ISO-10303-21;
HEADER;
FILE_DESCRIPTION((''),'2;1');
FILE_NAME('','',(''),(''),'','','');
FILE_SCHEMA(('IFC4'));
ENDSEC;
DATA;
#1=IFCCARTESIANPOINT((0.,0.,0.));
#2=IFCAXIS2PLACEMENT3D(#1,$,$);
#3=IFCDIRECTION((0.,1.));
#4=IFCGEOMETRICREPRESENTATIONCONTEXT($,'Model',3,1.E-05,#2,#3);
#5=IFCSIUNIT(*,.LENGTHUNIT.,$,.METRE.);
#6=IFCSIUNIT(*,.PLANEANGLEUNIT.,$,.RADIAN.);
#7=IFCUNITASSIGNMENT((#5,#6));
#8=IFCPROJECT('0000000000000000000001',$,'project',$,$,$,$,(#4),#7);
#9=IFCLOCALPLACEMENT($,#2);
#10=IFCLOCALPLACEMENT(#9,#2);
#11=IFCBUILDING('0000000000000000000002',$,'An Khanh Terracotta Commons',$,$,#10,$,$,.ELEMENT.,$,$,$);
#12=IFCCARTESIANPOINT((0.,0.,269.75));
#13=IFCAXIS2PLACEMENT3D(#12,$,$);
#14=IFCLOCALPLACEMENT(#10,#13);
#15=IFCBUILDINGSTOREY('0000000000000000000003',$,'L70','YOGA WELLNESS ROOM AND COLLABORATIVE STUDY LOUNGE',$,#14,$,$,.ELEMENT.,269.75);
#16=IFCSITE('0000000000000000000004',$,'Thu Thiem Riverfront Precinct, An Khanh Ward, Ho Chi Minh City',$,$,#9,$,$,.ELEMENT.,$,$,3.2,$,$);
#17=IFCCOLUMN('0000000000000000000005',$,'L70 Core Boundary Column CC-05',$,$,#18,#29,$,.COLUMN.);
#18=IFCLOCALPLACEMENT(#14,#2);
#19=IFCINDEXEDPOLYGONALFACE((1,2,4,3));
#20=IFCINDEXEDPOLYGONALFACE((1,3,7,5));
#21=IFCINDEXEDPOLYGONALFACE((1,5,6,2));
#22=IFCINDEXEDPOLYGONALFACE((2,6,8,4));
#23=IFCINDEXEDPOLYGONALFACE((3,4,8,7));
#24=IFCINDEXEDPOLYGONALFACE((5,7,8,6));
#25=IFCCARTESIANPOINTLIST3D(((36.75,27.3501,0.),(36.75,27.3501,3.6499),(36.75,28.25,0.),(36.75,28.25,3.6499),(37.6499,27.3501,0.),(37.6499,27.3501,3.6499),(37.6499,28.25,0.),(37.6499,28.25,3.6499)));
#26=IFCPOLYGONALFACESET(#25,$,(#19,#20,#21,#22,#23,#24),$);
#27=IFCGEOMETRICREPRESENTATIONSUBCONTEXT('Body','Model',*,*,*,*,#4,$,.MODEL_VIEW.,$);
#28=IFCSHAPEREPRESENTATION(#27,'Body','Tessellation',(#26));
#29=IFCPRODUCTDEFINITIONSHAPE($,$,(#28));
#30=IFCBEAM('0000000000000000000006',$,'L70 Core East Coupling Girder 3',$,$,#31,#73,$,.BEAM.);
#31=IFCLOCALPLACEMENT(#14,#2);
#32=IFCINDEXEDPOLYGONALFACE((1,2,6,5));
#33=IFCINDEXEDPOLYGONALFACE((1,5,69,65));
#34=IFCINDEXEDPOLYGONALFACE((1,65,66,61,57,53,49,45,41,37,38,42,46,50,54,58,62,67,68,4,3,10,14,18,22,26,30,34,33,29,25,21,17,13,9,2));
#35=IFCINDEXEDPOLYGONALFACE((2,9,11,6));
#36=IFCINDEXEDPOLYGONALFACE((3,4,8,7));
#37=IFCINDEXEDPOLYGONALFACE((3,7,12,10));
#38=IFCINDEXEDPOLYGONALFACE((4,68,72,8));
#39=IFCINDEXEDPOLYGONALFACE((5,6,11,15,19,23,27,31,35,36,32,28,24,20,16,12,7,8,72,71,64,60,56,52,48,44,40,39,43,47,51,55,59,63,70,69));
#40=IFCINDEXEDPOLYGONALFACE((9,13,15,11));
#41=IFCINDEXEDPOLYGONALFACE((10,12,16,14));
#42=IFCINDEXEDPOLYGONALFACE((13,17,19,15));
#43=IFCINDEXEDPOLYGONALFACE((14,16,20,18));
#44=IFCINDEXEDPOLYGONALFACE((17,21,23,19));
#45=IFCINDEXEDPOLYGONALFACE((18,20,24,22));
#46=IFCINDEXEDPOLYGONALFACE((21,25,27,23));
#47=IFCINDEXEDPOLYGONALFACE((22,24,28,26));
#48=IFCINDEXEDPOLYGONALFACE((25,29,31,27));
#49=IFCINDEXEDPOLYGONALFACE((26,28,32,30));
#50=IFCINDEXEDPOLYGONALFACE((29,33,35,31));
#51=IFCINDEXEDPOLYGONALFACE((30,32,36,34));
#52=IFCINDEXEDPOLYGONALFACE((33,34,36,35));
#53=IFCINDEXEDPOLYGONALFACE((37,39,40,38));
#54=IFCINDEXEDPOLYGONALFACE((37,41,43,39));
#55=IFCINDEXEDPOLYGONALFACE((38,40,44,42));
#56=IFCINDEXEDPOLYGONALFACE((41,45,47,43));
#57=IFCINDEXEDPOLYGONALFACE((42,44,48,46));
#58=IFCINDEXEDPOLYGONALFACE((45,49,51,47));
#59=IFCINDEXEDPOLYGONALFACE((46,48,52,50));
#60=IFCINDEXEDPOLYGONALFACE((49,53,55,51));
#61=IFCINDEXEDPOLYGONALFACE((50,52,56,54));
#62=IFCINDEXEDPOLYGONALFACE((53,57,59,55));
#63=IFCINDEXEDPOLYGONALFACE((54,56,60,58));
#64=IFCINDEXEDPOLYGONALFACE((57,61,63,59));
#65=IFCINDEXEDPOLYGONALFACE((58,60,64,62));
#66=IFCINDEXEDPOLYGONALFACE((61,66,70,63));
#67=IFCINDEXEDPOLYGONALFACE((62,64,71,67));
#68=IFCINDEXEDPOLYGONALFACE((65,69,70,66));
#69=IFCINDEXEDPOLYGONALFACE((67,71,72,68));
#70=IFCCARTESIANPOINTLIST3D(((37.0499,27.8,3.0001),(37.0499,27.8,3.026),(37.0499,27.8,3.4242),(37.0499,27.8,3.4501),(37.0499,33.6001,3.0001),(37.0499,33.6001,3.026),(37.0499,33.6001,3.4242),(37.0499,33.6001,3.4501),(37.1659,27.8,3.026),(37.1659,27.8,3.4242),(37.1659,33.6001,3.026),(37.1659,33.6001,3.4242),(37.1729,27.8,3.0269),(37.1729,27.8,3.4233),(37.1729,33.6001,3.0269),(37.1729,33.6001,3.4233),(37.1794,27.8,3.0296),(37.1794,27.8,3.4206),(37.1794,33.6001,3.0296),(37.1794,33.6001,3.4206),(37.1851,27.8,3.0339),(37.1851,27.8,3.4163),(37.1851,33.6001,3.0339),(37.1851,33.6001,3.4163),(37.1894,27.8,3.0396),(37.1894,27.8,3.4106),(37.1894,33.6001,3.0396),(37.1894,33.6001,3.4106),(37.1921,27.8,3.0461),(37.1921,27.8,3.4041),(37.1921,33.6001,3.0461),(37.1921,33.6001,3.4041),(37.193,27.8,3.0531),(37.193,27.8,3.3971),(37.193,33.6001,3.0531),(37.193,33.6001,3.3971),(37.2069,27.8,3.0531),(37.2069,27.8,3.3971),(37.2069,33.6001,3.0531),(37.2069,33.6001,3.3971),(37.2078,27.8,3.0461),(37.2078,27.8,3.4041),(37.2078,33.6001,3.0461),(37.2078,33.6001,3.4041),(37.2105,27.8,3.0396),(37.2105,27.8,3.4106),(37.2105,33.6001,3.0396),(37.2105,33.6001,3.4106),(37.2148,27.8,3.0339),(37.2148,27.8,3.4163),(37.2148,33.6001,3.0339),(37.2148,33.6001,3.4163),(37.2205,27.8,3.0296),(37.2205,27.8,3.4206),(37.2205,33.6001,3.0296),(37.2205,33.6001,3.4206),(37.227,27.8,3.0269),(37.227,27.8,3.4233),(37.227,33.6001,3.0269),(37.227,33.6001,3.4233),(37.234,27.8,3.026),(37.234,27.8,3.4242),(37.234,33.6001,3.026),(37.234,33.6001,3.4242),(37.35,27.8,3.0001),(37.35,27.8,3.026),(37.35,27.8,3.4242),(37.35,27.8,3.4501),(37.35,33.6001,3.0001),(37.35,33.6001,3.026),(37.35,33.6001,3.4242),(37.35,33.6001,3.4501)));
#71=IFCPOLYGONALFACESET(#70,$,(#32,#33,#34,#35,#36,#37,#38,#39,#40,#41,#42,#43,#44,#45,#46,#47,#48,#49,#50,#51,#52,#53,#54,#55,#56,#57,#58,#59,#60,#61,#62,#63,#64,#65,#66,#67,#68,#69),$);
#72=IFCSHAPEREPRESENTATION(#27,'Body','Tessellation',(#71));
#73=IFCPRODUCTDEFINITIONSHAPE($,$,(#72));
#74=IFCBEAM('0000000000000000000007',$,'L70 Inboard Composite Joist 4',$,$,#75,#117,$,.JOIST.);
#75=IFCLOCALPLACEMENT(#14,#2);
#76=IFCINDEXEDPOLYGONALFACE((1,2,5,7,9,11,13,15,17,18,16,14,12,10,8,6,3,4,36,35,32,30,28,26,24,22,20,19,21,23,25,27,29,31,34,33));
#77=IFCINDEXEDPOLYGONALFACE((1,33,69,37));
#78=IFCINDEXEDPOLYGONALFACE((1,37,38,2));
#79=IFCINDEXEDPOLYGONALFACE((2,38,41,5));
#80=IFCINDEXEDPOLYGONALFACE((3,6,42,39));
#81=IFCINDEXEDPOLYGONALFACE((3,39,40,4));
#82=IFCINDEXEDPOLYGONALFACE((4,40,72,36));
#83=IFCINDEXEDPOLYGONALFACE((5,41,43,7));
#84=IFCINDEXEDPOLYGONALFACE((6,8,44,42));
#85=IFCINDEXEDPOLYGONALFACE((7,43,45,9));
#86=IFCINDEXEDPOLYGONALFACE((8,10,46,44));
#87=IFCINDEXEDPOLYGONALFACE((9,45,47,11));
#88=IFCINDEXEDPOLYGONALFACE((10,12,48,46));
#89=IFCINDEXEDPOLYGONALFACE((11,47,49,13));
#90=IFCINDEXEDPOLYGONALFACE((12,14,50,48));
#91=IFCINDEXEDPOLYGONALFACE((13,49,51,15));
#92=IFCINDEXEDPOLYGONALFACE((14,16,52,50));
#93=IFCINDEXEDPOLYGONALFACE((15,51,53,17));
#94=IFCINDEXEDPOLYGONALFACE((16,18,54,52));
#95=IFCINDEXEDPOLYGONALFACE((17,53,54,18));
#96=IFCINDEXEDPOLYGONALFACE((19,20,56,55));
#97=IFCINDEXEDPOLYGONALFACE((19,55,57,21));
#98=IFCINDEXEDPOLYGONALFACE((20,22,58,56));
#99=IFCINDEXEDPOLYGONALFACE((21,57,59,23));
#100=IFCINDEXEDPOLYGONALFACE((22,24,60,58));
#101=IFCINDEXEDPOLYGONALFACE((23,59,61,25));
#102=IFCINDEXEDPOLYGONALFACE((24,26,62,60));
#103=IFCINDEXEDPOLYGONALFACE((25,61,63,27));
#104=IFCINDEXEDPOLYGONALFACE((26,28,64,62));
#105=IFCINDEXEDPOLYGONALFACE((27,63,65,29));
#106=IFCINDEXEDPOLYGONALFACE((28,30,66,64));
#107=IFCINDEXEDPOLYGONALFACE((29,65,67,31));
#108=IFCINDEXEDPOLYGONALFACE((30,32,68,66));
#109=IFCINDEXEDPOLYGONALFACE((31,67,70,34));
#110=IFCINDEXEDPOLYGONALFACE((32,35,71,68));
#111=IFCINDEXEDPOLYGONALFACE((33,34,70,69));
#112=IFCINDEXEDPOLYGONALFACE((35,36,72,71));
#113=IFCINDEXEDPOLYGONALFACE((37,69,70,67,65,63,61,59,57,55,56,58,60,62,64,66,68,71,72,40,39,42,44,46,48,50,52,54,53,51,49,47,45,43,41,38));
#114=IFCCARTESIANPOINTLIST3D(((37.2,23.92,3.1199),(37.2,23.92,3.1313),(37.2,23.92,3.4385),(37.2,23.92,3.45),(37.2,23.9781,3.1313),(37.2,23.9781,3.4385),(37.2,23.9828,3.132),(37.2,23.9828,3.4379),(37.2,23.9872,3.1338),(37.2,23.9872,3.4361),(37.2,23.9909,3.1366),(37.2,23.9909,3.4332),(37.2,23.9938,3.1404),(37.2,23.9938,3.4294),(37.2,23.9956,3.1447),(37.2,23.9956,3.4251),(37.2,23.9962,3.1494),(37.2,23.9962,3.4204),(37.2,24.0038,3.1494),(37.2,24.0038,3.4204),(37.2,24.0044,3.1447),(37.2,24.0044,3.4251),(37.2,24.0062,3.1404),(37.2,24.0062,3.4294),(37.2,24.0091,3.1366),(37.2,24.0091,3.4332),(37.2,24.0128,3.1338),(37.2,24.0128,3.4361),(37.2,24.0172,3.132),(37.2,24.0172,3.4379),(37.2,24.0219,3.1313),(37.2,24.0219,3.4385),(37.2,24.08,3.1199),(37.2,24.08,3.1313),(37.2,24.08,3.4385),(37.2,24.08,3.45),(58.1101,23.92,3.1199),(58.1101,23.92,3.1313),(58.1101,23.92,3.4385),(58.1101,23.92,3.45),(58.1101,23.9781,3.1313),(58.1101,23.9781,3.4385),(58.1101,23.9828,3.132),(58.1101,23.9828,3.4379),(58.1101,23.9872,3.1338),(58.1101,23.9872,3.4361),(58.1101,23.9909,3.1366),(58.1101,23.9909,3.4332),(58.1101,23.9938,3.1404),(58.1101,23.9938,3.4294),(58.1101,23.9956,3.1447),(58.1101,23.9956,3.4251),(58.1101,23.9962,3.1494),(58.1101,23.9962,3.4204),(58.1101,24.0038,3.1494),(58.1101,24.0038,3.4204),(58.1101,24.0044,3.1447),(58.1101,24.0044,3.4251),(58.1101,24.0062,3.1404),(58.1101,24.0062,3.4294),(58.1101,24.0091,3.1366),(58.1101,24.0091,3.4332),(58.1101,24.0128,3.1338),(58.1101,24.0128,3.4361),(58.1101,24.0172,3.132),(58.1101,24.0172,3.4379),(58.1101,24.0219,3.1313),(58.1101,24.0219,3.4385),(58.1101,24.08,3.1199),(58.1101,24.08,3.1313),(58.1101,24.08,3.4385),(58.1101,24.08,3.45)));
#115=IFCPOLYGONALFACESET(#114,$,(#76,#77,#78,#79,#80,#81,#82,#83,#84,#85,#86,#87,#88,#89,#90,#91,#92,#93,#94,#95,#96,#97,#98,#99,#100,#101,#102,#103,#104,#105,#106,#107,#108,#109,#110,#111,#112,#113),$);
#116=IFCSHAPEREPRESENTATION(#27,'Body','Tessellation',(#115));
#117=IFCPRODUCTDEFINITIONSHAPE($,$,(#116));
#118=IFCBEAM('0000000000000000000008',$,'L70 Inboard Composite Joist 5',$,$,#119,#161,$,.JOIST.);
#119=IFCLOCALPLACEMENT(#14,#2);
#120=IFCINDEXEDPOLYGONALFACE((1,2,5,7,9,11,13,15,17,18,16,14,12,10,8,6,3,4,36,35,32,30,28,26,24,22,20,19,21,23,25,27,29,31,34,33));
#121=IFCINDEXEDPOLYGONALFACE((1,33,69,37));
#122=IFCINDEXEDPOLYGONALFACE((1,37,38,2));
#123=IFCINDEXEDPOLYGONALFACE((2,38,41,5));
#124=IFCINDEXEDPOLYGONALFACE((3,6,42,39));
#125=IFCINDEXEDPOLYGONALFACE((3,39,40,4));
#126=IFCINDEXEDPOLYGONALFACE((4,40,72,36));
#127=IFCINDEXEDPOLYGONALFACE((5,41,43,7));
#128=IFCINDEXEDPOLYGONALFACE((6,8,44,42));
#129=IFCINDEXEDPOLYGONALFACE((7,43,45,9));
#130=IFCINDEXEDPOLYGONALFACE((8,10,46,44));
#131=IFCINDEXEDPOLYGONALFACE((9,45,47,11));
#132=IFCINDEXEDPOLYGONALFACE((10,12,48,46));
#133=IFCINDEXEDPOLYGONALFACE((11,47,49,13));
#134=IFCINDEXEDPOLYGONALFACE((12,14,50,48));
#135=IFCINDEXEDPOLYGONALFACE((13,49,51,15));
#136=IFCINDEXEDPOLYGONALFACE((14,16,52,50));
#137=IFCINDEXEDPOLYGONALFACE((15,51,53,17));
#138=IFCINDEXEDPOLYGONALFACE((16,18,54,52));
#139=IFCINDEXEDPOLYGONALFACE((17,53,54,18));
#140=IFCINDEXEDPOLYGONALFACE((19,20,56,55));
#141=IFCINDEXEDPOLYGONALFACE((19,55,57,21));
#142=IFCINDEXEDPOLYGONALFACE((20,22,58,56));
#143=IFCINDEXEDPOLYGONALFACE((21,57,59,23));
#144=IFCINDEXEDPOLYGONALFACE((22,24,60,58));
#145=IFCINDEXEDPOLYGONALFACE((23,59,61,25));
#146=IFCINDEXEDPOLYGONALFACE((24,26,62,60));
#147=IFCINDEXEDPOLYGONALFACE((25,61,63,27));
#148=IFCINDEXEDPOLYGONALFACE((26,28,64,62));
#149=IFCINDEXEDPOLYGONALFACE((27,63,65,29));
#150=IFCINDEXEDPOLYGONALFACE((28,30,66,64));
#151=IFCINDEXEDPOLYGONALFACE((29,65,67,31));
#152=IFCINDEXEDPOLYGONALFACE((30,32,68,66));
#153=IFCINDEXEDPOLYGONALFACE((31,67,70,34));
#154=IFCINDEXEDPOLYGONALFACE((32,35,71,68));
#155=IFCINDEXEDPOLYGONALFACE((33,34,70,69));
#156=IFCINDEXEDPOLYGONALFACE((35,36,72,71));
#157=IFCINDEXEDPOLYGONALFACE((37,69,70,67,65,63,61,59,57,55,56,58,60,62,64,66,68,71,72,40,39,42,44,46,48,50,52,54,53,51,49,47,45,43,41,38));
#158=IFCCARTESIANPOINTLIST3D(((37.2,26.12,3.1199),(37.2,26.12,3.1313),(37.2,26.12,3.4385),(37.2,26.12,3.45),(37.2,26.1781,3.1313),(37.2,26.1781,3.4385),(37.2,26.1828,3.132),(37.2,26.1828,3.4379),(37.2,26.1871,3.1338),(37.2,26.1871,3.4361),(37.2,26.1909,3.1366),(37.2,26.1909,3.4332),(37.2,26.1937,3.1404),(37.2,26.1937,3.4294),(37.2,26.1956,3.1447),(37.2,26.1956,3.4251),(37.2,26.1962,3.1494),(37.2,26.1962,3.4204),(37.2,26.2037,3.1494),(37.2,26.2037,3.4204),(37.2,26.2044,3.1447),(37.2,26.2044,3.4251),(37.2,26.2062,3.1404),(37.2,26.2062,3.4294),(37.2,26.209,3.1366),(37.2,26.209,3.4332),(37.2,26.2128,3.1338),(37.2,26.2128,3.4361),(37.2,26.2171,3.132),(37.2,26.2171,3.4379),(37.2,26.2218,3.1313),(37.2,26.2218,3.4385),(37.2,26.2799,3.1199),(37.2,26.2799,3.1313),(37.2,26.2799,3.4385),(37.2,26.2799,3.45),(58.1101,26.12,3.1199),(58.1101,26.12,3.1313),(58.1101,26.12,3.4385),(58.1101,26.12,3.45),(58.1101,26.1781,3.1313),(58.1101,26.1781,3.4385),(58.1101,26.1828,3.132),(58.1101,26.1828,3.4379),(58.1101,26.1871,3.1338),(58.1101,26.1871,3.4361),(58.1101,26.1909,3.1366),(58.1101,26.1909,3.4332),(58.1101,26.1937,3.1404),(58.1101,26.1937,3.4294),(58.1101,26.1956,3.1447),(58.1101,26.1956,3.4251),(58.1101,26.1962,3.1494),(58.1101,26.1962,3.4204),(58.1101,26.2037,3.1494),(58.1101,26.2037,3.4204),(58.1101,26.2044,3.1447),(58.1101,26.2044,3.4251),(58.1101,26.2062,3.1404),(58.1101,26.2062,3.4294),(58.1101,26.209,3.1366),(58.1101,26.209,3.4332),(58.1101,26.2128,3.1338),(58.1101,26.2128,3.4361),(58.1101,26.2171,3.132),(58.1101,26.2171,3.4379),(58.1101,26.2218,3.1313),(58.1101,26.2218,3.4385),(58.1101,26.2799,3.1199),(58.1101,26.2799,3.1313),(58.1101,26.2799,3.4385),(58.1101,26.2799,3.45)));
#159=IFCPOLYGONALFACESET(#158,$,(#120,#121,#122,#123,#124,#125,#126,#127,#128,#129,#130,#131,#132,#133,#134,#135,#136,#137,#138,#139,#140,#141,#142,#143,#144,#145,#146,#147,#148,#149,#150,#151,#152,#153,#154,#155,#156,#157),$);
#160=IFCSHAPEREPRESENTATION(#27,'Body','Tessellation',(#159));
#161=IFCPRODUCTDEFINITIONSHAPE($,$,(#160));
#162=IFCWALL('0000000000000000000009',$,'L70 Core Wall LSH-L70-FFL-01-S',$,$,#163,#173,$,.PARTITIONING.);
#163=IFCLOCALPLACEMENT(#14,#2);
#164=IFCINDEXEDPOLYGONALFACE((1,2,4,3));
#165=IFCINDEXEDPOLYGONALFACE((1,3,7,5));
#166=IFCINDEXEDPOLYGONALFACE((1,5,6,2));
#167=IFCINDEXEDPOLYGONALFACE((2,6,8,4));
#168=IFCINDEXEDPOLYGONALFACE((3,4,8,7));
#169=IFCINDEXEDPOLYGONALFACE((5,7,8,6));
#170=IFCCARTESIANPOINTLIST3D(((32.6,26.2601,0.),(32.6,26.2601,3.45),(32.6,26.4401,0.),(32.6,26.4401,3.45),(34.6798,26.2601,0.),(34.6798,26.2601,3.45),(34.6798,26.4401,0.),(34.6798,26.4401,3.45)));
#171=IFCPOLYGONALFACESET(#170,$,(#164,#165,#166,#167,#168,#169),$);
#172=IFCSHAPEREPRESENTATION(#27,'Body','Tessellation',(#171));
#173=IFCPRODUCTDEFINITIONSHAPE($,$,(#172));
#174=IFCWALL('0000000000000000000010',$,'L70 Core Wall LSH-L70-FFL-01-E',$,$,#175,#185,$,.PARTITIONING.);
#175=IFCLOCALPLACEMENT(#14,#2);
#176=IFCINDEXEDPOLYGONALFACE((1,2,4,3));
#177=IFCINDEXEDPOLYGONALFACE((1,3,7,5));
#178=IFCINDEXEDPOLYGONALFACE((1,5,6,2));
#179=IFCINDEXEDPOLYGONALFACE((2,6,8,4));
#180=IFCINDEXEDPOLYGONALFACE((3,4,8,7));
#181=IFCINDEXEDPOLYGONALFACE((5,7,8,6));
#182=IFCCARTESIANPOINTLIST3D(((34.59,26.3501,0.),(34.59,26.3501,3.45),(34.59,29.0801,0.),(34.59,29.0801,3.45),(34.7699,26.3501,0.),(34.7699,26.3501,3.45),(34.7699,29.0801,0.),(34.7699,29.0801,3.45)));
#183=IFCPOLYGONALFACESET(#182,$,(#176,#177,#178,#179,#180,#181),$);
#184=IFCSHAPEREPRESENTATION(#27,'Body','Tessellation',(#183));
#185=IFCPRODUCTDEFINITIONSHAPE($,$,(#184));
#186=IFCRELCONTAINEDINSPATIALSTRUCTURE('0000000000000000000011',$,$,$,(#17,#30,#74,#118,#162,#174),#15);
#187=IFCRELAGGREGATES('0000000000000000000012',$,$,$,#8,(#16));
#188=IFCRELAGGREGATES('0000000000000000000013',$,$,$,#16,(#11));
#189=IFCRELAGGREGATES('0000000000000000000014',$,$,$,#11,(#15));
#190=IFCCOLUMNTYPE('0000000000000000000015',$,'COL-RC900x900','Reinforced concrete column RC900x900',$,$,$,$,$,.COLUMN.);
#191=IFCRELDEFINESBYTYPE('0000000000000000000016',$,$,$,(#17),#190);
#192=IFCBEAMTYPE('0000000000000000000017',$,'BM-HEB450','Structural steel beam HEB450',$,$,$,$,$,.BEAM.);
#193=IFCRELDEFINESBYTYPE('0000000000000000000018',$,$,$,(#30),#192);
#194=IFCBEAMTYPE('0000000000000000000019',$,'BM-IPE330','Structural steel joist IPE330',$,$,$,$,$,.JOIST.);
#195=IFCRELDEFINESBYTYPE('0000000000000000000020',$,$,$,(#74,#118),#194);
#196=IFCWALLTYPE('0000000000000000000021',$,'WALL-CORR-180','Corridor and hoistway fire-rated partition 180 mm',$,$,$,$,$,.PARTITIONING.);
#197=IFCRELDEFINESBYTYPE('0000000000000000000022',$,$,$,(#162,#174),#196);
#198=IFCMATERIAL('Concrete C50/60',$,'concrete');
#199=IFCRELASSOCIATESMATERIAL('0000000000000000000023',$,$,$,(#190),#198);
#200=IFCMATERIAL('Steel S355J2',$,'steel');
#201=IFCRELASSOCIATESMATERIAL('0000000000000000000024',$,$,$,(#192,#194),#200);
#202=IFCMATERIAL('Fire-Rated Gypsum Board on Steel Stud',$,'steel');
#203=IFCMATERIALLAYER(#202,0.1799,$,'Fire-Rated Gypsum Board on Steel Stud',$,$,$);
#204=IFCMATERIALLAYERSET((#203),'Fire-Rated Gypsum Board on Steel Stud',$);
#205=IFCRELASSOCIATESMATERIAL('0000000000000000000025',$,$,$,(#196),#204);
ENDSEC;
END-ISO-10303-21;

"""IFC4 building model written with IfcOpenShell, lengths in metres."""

from ifc_helpers import new_model, si_unit, direction, frame, frame_2d, origin, origin_2d, place, context, subcontext, project, spatial, rectangle, i_section, extrude, material, layer, layer_set, material_profile, profile_set, type_object, element, save


model = new_model("IFC4")

# Units and contexts
model_context = context("Model", 3, precision=1e-05, world=origin(), true_north=direction((0.0, 1.0)))
body_context = subcontext(model_context, "Body", "Model", "MODEL_VIEW")
ifc_project = project(units=[si_unit("LENGTHUNIT", "METRE"), si_unit("PLANEANGLEUNIT", "RADIAN")], contexts=[model_context])

# Site, building, storey
site_placement = place(None, origin())
site = spatial("IfcSite", under=ifc_project, at=site_placement, Name="Thu Thiem Riverfront Precinct, An Khanh Ward, Ho Chi Minh City", CompositionType="ELEMENT", RefElevation=3.2)
building_placement = place(site_placement, origin())
building = spatial("IfcBuilding", under=site, at=building_placement, Name="An Khanh Terracotta Commons", CompositionType="ELEMENT")
storey_placement = place(building_placement, frame((0.0, 0.0, 269.75)))
storey = spatial("IfcBuildingStorey", under=building, at=storey_placement, Name="L70", Description="YOGA WELLNESS ROOM AND COLLABORATIVE STUDY LOUNGE", CompositionType="ELEMENT", Elevation=269.75)

# Column
ifc_material_1 = material(Name="Concrete C50/60", Category="concrete")
ifc_material_profile_1 = material_profile(ifc_material_1, rectangle(XDim=0.8999, YDim=0.8999, at=origin_2d()), Name="RC900x900")
ifc_profile_set_1 = profile_set([ifc_material_profile_1], Name="Concrete C50/60")
column_type = type_object("IfcColumnType", Name="COL-RC900x900", Description="Reinforced concrete column RC900x900", PredefinedType="COLUMN", material=ifc_profile_set_1)
column_placement = place(storey_placement, frame((37.2, 27.8, 0.0), z_axis=(0.0, 0.0, 1.0), x_axis=(1.0, 0.0, 0.0)))
element("IfcColumn", 1, at=column_placement, inside=storey, type_object=column_type, Name="L70 Core Boundary Column CC-05", PredefinedType="COLUMN", context=body_context, shape_type="SweptSolid", body=[
    extrude(rectangle(XDim=0.8999, YDim=0.8999, at=origin_2d()), origin(), (0.0, 0.0, 1.0), 3.6499),
])

# Beams
ifc_material_2 = material(Name="Steel S355J2", Category="steel")
ifc_material_profile_2 = material_profile(ifc_material_2, i_section(OverallWidth=0.3, OverallDepth=0.45, WebThickness=0.0139, FlangeThickness=0.0259, FilletRadius=0.0271, at=origin_2d()), Name="HEB450")
ifc_profile_set_2 = profile_set([ifc_material_profile_2], Name="Steel S355J2")
beam_type_1 = type_object("IfcBeamType", Name="BM-HEB450", Description="Structural steel beam HEB450", PredefinedType="BEAM", material=ifc_profile_set_2)
beam_placement = place(storey_placement, frame((37.2, 27.8, 3.2251), z_axis=(0.0, 1.0, 0.0), x_axis=(-1.0, 0.0, 0.0)))
element("IfcBeam", 2, at=beam_placement, inside=storey, type_object=beam_type_1, Name="L70 Core East Coupling Girder 3", PredefinedType="BEAM", context=body_context, shape_type="SweptSolid", body=[
    extrude(i_section(OverallWidth=0.3, OverallDepth=0.45, WebThickness=0.0139, FlangeThickness=0.0259, FilletRadius=0.0271, at=origin_2d()), origin(), (0.0, 0.0, 1.0), 5.8),
])
ifc_material_profile_3 = material_profile(ifc_material_2, i_section(OverallWidth=0.1599, OverallDepth=0.3301, WebThickness=0.0076, FlangeThickness=0.0115, FilletRadius=0.0181, at=origin_2d()), Name="IPE330")
ifc_profile_set_3 = profile_set([ifc_material_profile_3], Name="Steel S355J2")
beam_type_2 = type_object("IfcBeamType", Name="BM-IPE330", Description="Structural steel joist IPE330", PredefinedType="JOIST", material=ifc_profile_set_3)
for number, where, z_axis, x_axis, name in (
    (3, (37.2, 24.0, 3.2849), (1.0, 0.0, 0.0), (0.0, 1.0, 0.0), "L70 Inboard Composite Joist 4"),
    (4, (37.2, 26.2, 3.2849), (1.0, 0.0, 0.0), (0.0, 1.0, 0.0), "L70 Inboard Composite Joist 5"),
):
    element("IfcBeam", number, at=place(storey_placement, frame(where, z_axis=z_axis, x_axis=x_axis)), inside=storey, type_object=beam_type_2, Name=name, PredefinedType="JOIST", context=body_context, shape_type="SweptSolid", body=[
        extrude(i_section(OverallWidth=0.1599, OverallDepth=0.3301, WebThickness=0.0076, FlangeThickness=0.0115, FilletRadius=0.0181, at=origin_2d()), origin(), (0.0, 0.0, 1.0), 20.9102),
    ])

# Walls
ifc_material_3 = material(Name="Fire-Rated Gypsum Board on Steel Stud", Category="steel")
ifc_layer_1 = layer(ifc_material_3, 0.1799, Name="Fire-Rated Gypsum Board on Steel Stud")
ifc_layer_set_1 = layer_set([ifc_layer_1], Name="Fire-Rated Gypsum Board on Steel Stud")
wall_type_1 = type_object("IfcWallType", Name="WALL-CORR-180", Description="Corridor and hoistway fire-rated partition 180 mm", PredefinedType="PARTITIONING", material=ifc_layer_set_1)
wall_1_placement = place(storey_placement, frame((34.6799, 26.3501, 0.0), z_axis=(0.0, 0.0, 1.0), x_axis=(-1.0, 0.0, 0.0)))
element("IfcWall", 5, at=wall_1_placement, inside=storey, type_object=wall_type_1, Name="L70 Core Wall LSH-L70-FFL-01-S", PredefinedType="PARTITIONING", context=body_context, shape_type="SweptSolid", body=[
    extrude(rectangle(XDim=2.0798, YDim=0.1799, at=frame_2d((1.04, 0.0))), origin(), (0.0, 0.0, 1.0), 3.45),
])
wall_2_placement = place(storey_placement, frame((34.6799, 26.3501, 0.0), z_axis=(0.0, 0.0, 1.0), x_axis=(0.0, 1.0, 0.0)))
element("IfcWall", 6, at=wall_2_placement, inside=storey, type_object=wall_type_1, Name="L70 Core Wall LSH-L70-FFL-01-E", PredefinedType="PARTITIONING", context=body_context, shape_type="SweptSolid", body=[
    extrude(rectangle(XDim=2.73, YDim=0.1799, at=frame_2d((1.365, 0.0))), origin(), (0.0, 0.0, 1.0), 3.45),
])

save(model, "model.ifc")
